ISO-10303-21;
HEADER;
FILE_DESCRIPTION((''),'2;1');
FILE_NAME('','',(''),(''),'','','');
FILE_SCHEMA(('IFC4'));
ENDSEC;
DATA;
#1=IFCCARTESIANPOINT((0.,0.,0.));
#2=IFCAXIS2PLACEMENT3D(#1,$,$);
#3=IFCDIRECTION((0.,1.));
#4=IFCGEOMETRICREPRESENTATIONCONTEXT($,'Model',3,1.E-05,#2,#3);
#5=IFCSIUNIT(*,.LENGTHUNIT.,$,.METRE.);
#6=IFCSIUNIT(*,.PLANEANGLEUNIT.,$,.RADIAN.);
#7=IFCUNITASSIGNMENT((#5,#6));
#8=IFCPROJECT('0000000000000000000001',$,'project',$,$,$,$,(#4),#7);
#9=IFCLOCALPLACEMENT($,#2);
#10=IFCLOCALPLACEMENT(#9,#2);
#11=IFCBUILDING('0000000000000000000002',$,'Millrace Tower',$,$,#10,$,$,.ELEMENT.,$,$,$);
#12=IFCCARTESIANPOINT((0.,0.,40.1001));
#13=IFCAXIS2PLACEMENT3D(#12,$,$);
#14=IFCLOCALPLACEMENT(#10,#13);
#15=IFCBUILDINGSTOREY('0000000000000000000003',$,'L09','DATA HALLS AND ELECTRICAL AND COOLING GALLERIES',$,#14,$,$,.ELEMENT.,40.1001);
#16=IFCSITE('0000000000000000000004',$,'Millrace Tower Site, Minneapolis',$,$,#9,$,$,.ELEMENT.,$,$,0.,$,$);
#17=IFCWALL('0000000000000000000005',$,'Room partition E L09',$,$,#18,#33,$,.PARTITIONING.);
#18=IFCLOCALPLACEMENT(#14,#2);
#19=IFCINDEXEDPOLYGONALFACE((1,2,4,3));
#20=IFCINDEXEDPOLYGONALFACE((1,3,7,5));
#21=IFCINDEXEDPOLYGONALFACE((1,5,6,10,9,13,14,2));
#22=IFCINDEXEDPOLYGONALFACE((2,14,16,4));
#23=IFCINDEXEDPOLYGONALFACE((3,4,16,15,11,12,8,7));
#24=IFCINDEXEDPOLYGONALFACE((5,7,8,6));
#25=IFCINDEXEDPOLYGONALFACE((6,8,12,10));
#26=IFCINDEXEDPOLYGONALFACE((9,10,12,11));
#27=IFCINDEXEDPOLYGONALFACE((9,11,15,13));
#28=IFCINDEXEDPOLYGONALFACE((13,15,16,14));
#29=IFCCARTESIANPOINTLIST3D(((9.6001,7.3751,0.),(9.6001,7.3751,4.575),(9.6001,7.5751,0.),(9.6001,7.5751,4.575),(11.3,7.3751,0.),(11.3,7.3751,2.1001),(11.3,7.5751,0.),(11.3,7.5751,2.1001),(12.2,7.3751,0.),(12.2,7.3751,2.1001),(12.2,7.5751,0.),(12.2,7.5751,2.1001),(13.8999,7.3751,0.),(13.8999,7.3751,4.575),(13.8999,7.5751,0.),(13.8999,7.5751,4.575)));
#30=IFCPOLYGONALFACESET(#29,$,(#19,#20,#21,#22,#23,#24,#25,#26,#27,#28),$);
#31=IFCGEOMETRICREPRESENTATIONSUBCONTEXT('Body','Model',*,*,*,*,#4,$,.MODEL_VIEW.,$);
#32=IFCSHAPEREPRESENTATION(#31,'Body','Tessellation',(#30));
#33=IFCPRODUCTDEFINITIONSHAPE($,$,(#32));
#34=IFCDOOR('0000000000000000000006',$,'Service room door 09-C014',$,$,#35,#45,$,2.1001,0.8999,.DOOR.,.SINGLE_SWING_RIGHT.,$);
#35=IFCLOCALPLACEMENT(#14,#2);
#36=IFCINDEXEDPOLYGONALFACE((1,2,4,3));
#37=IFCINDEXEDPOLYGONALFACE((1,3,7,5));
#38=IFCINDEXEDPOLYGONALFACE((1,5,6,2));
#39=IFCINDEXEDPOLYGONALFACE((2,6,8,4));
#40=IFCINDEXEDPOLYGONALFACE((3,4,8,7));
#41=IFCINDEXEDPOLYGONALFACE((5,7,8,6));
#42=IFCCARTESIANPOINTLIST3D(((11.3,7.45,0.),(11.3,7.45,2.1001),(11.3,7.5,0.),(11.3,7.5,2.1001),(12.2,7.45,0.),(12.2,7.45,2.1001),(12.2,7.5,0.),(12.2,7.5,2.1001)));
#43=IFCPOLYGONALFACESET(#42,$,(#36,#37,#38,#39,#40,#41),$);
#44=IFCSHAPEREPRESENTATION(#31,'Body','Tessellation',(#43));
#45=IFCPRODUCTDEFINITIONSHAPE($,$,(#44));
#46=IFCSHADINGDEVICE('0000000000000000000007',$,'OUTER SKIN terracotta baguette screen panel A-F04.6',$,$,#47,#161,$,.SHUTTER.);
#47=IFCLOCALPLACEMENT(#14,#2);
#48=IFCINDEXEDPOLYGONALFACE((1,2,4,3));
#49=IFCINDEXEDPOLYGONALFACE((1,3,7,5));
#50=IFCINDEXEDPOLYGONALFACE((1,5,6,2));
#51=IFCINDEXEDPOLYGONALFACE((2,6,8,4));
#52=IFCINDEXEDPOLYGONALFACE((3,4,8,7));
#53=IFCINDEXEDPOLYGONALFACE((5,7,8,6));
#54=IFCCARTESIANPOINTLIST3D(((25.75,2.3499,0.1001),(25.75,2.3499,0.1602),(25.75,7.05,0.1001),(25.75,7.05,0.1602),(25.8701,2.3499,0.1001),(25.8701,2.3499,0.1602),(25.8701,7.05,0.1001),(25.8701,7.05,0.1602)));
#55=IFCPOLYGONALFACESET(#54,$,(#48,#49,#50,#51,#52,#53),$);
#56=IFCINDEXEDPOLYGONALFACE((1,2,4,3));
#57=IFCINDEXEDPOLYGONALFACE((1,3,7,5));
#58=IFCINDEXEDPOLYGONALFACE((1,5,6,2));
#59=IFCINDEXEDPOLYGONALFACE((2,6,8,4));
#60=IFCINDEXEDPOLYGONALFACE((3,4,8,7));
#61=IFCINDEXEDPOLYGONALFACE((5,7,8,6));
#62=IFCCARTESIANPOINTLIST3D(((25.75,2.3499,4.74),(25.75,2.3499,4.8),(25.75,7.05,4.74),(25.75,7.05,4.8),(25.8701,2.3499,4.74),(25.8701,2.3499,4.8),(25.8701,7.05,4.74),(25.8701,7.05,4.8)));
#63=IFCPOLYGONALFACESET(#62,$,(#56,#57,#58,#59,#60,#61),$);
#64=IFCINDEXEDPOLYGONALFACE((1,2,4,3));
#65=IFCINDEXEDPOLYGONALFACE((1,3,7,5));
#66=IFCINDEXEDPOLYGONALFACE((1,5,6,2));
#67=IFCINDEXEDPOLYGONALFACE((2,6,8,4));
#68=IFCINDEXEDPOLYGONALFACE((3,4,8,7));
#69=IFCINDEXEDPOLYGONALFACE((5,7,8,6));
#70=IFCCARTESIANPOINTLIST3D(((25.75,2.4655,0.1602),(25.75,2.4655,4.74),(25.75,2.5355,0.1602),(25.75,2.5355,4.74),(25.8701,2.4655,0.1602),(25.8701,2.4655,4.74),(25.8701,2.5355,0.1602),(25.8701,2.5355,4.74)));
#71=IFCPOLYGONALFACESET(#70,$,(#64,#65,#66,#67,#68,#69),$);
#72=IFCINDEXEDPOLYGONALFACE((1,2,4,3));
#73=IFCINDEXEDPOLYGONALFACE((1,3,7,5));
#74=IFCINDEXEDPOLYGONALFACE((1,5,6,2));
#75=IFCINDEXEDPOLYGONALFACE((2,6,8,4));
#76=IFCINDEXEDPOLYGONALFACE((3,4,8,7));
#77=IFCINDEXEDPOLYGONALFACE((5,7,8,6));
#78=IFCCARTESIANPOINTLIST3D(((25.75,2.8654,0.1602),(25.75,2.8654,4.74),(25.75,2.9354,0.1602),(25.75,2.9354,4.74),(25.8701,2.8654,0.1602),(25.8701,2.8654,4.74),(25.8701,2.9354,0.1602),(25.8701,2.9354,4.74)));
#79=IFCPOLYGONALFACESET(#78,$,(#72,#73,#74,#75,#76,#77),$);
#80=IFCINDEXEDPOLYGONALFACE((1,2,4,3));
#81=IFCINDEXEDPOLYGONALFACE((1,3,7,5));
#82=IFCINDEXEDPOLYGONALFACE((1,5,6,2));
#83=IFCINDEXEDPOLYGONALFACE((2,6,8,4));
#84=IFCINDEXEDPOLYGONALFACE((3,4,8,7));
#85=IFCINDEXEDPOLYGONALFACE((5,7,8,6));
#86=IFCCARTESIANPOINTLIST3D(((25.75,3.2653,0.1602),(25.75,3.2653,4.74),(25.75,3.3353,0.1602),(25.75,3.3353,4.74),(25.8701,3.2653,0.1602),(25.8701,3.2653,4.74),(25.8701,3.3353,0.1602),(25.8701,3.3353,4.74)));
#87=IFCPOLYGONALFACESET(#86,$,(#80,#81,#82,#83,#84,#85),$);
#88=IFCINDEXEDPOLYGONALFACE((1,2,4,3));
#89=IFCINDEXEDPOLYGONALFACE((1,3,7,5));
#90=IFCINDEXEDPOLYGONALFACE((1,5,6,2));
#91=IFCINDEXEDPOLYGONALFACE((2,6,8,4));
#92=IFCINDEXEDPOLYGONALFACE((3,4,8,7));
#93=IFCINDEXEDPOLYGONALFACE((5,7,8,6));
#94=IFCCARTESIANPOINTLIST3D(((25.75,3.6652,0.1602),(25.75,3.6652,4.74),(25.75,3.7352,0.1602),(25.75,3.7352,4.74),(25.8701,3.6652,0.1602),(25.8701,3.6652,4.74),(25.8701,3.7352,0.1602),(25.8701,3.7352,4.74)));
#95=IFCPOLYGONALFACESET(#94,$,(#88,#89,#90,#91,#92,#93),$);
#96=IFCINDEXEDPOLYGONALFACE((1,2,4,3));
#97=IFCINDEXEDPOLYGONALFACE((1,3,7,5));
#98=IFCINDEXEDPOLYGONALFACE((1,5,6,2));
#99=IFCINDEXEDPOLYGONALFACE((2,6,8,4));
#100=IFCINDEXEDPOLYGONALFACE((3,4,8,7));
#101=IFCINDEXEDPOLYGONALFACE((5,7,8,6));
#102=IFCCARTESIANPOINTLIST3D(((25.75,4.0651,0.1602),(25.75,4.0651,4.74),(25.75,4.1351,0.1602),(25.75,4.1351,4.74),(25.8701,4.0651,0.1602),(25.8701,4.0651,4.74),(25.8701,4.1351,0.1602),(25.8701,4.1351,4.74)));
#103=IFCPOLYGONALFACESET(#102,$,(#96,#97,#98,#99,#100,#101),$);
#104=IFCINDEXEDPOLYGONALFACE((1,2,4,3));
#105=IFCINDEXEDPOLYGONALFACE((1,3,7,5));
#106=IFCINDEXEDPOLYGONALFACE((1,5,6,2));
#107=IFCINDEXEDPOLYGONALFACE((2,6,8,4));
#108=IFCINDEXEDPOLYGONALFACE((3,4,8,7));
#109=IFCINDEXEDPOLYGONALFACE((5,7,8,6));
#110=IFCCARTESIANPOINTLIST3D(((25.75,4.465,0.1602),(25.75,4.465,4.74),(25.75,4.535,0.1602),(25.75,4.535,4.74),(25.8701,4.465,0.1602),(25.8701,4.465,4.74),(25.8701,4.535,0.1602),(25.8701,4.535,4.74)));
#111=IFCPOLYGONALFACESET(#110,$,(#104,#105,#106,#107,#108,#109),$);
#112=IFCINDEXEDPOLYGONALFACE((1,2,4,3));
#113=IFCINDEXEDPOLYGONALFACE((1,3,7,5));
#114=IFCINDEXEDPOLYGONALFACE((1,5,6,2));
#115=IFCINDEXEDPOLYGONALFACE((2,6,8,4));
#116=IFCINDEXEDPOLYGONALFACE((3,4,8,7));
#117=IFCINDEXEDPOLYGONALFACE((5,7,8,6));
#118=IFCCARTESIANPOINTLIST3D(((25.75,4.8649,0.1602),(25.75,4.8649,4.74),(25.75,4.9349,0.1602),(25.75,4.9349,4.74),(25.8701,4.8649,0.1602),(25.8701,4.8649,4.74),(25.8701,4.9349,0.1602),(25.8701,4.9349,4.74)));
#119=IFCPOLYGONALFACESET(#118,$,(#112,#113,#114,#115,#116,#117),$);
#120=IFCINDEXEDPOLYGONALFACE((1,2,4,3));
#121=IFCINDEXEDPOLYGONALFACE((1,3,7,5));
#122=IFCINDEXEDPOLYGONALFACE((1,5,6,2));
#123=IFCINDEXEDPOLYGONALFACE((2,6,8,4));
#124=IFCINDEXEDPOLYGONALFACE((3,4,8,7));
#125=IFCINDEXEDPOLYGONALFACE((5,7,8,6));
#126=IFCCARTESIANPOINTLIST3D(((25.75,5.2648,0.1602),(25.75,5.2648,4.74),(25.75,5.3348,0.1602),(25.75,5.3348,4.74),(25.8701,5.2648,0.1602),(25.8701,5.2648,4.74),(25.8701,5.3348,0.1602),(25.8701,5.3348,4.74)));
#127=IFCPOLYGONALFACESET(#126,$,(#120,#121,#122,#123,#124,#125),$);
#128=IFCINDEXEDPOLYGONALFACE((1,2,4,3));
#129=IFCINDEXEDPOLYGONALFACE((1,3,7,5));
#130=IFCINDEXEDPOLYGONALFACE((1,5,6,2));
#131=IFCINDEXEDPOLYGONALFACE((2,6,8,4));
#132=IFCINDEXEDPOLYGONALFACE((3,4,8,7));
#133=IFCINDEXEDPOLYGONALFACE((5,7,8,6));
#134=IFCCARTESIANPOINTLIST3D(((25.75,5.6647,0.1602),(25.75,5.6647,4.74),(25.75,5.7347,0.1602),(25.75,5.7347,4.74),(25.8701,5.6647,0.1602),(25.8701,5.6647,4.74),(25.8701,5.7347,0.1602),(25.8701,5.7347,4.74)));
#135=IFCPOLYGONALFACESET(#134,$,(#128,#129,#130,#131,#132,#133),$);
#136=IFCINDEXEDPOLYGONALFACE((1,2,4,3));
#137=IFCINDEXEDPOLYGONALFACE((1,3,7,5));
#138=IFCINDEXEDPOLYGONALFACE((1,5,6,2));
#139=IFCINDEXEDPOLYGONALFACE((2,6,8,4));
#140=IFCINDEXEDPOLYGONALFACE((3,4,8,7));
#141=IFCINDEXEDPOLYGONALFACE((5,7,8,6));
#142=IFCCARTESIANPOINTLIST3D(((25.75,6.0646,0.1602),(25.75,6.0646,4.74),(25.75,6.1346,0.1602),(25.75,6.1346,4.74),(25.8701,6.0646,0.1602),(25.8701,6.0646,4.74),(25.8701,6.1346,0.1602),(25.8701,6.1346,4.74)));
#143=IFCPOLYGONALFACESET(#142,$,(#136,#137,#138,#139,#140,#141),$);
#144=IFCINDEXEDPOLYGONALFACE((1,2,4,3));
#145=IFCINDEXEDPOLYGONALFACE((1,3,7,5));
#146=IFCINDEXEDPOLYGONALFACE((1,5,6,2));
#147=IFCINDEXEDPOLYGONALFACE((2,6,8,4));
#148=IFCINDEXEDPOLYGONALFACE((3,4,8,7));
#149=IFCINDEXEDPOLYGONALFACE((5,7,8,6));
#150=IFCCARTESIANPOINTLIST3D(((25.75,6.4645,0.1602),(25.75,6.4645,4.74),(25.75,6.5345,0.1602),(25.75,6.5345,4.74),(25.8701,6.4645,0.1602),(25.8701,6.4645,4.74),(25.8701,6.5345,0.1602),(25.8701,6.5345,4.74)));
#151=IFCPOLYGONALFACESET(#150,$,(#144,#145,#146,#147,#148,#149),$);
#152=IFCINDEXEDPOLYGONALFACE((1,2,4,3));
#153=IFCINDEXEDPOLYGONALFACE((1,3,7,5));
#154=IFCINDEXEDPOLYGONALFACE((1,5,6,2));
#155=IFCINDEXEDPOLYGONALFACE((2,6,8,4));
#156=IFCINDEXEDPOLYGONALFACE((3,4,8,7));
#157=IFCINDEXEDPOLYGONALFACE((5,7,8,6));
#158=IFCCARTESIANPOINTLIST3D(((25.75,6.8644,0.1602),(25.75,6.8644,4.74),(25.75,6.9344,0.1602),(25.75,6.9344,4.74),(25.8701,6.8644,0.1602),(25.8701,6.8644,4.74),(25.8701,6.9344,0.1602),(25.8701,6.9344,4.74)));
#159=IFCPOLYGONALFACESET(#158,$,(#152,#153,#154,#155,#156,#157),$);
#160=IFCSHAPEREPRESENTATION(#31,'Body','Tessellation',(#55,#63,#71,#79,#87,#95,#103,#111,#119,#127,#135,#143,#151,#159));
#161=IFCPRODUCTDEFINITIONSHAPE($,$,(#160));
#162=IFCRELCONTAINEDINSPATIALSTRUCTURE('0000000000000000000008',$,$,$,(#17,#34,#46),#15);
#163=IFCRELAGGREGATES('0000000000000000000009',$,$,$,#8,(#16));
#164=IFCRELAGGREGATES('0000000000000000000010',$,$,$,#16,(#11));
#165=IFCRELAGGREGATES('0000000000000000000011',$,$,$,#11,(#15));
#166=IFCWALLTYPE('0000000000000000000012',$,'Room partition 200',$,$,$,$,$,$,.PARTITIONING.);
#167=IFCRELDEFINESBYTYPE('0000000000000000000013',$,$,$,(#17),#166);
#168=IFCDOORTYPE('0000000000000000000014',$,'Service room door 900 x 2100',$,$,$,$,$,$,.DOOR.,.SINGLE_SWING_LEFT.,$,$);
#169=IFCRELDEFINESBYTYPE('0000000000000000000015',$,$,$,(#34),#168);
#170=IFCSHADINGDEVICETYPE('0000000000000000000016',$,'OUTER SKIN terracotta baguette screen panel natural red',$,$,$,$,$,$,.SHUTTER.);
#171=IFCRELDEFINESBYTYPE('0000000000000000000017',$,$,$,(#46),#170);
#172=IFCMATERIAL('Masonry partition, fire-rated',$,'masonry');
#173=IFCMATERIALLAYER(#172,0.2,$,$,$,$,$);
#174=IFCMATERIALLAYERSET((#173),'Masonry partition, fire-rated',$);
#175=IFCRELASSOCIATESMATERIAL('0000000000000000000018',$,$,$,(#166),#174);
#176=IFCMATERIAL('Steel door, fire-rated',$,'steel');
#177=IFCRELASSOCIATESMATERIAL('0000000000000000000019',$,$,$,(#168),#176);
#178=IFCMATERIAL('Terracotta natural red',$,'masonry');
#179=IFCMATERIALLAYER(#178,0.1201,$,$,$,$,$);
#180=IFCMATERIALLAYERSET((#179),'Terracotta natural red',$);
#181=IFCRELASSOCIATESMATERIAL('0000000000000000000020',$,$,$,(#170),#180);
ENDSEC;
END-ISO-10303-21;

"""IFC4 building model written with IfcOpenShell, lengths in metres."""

from ifc_helpers import new_model, entity, si_unit, direction, frame, frame_2d, origin, place, context, subcontext, project, spatial, rectangle, extrude, source, transform, mapped, material, layer, layer_set, type_object, element, fill, save


model = new_model("IFC4")

# Units and contexts
model_context = context("Model", 3, precision=1e-05, world=origin(), true_north=direction((0.0, 1.0)))
body_context = subcontext(model_context, "Body", "Model", "MODEL_VIEW")
ifc_project = project(units=[si_unit("LENGTHUNIT", "METRE"), si_unit("PLANEANGLEUNIT", "RADIAN")], contexts=[model_context])

# Site, building, storey
site_placement = place(None, origin())
site = spatial("IfcSite", under=ifc_project, at=site_placement, Name="Millrace Tower Site, Minneapolis", CompositionType="ELEMENT", RefElevation=0.0)
building_placement = place(site_placement, origin())
building = spatial("IfcBuilding", under=site, at=building_placement, Name="Millrace Tower", CompositionType="ELEMENT")
storey_placement = place(building_placement, frame((0.0, 0.0, 40.1001)))
storey = spatial("IfcBuildingStorey", under=building, at=storey_placement, Name="L09", Description="DATA HALLS AND ELECTRICAL AND COOLING GALLERIES", CompositionType="ELEMENT", Elevation=40.1001)

# Wall, opening, door
ifc_material_1 = material(Name="Masonry partition, fire-rated", Category="masonry")
ifc_layer_1 = layer(ifc_material_1, 0.2)
ifc_layer_set_1 = layer_set([ifc_layer_1], Name="Masonry partition, fire-rated")
wall_type_1 = type_object("IfcWallType", Name="Room partition 200", PredefinedType="PARTITIONING", material=ifc_layer_set_1)
wall_1_placement = place(storey_placement, frame((13.8999, 7.4751, 0.0), z_axis=(0.0, 0.0, 1.0), x_axis=(-1.0, 0.0, 0.0)))
wall_1 = element("IfcWall", 1, at=wall_1_placement, inside=storey, type_object=wall_type_1, Name="Room partition E L09", PredefinedType="PARTITIONING", context=body_context, shape_type="SweptSolid", body=[
    extrude(rectangle(XDim=4.2998, YDim=0.2, at=frame_2d((2.1499, 0.0))), origin(), (0.0, 0.0, 1.0), 4.575),
])
opening_1_placement = place(wall_1_placement, frame((1.7, 0.0, 0.0)))
opening_1 = element("IfcOpeningElement", 2, at=opening_1_placement, cuts=wall_1, PredefinedType="OPENING", context=body_context, shape_type="SweptSolid", body=[
    extrude(rectangle(XDim=0.8999, YDim=2.1001, at=frame_2d((0.45, 1.05))), frame((0.0, 0.1099, 0.0), z_axis=(0.0, -1.0, 0.0), x_axis=(1.0, 0.0, 0.0)), (0.0, 0.0, 1.0), 0.22),
])
ifc_material_2 = material(Name="Steel door, fire-rated", Category="steel")
door_type_1 = type_object("IfcDoorType", Name="Service room door 900 x 2100", OperationType="SINGLE_SWING_LEFT", PredefinedType="DOOR", material=ifc_material_2)
door_1_placement = place(opening_1_placement, frame((0.8999, 0.0, 0.0), z_axis=(0.0, 0.0, 1.0), x_axis=(-1.0, 0.0, 0.0)))
door_1 = element("IfcDoor", 3, at=door_1_placement, inside=storey, type_object=door_type_1, Name="Service room door 09-C014", OperationType="SINGLE_SWING_RIGHT", OverallHeight=2.1001, OverallWidth=0.8999, PredefinedType="DOOR", context=body_context, shape_type="SweptSolid", body=[
    extrude(rectangle(XDim=0.8999, YDim=2.1001, at=frame_2d((0.45, 1.05))), frame((0.0, 0.0249, 0.0), z_axis=(0.0, -1.0, 0.0), x_axis=(1.0, 0.0, 0.0)), (0.0, 0.0, 1.0), 0.05),
])
fill(opening_1, door_1)

# Shading device
cartesian_point = entity("IfcCartesianPoint", [-2.3501, 0.0601])
shared_polyline = entity("IfcPolyline", [cartesian_point, entity("IfcCartesianPoint", [2.3501, 0.0601]), entity("IfcCartesianPoint", [2.3501, -0.0601]), entity("IfcCartesianPoint", [-2.3501, -0.0601]), cartesian_point])
ifc_material_3 = material(Name="Terracotta natural red", Category="masonry")
ifc_layer_2 = layer(ifc_material_3, 0.1201)
ifc_layer_set_2 = layer_set([ifc_layer_2], Name="Terracotta natural red")
shading_device_type_1 = type_object("IfcShadingDeviceType", Name="OUTER SKIN terracotta baguette screen panel natural red", PredefinedType="SHUTTER", material=ifc_layer_set_2)
shared_shape_1 = source(origin(), body_context, "Body", "SweptSolid", [
    entity("IfcExtrudedAreaSolid", entity("IfcArbitraryClosedProfileDef", "AREA", None, shared_polyline), entity("IfcAxis2Placement3D", entity("IfcCartesianPoint", [0.0, 0.0, 0.0])), entity("IfcDirection", [0.0, 0.0, 1.0]), 0.0601),
    entity("IfcExtrudedAreaSolid", entity("IfcArbitraryClosedProfileDef", "AREA", None, shared_polyline), entity("IfcAxis2Placement3D", entity("IfcCartesianPoint", [0.0, 0.0, 4.6399])), entity("IfcDirection", [0.0, 0.0, 1.0]), 0.0601),
    extrude(rectangle(XDim=0.0701, YDim=0.1201, at=frame_2d((-2.1995, 0.0))), frame((0.0, 0.0, 0.0601)), (0.0, 0.0, 1.0), 4.5798),
    extrude(rectangle(XDim=0.0701, YDim=0.1201, at=frame_2d((-1.7996, 0.0))), frame((0.0, 0.0, 0.0601)), (0.0, 0.0, 1.0), 4.5798),
    extrude(rectangle(XDim=0.0701, YDim=0.1201, at=frame_2d((-1.3997, 0.0))), frame((0.0, 0.0, 0.0601)), (0.0, 0.0, 1.0), 4.5798),
    extrude(rectangle(XDim=0.0701, YDim=0.1201, at=frame_2d((-0.9998, 0.0))), frame((0.0, 0.0, 0.0601)), (0.0, 0.0, 1.0), 4.5798),
    extrude(rectangle(XDim=0.0701, YDim=0.1201, at=frame_2d((-0.5999, 0.0))), frame((0.0, 0.0, 0.0601)), (0.0, 0.0, 1.0), 4.5798),
    extrude(rectangle(XDim=0.0701, YDim=0.1201, at=frame_2d((-0.2, 0.0))), frame((0.0, 0.0, 0.0601)), (0.0, 0.0, 1.0), 4.5798),
    extrude(rectangle(XDim=0.0701, YDim=0.1201, at=frame_2d((0.2, 0.0))), frame((0.0, 0.0, 0.0601)), (0.0, 0.0, 1.0), 4.5798),
    extrude(rectangle(XDim=0.0701, YDim=0.1201, at=frame_2d((0.5999, 0.0))), frame((0.0, 0.0, 0.0601)), (0.0, 0.0, 1.0), 4.5798),
    extrude(rectangle(XDim=0.0701, YDim=0.1201, at=frame_2d((0.9998, 0.0))), frame((0.0, 0.0, 0.0601)), (0.0, 0.0, 1.0), 4.5798),
    extrude(rectangle(XDim=0.0701, YDim=0.1201, at=frame_2d((1.3997, 0.0))), frame((0.0, 0.0, 0.0601)), (0.0, 0.0, 1.0), 4.5798),
    extrude(rectangle(XDim=0.0701, YDim=0.1201, at=frame_2d((1.7996, 0.0))), frame((0.0, 0.0, 0.0601)), (0.0, 0.0, 1.0), 4.5798),
    extrude(rectangle(XDim=0.0701, YDim=0.1201, at=frame_2d((2.1995, 0.0))), frame((0.0, 0.0, 0.0601)), (0.0, 0.0, 1.0), 4.5798),
])
for number, where, z_axis, x_axis, name in (
    (4, (25.8101, 4.7, 0.1001), (0.0, 0.0, 1.0), (0.0, 1.0, 0.0), "OUTER SKIN terracotta baguette screen panel A-F04.6"),
):
    element("IfcShadingDevice", number, at=place(storey_placement, frame(where, z_axis=z_axis, x_axis=x_axis)), inside=storey, type_object=shading_device_type_1, Name=name, PredefinedType="SHUTTER", context=body_context, shape_type="MappedRepresentation", body=[
        mapped(shared_shape_1, transform((0.0, 0.0, 0.0), scale=1.0)),
    ])

save(model, "model.ifc")
